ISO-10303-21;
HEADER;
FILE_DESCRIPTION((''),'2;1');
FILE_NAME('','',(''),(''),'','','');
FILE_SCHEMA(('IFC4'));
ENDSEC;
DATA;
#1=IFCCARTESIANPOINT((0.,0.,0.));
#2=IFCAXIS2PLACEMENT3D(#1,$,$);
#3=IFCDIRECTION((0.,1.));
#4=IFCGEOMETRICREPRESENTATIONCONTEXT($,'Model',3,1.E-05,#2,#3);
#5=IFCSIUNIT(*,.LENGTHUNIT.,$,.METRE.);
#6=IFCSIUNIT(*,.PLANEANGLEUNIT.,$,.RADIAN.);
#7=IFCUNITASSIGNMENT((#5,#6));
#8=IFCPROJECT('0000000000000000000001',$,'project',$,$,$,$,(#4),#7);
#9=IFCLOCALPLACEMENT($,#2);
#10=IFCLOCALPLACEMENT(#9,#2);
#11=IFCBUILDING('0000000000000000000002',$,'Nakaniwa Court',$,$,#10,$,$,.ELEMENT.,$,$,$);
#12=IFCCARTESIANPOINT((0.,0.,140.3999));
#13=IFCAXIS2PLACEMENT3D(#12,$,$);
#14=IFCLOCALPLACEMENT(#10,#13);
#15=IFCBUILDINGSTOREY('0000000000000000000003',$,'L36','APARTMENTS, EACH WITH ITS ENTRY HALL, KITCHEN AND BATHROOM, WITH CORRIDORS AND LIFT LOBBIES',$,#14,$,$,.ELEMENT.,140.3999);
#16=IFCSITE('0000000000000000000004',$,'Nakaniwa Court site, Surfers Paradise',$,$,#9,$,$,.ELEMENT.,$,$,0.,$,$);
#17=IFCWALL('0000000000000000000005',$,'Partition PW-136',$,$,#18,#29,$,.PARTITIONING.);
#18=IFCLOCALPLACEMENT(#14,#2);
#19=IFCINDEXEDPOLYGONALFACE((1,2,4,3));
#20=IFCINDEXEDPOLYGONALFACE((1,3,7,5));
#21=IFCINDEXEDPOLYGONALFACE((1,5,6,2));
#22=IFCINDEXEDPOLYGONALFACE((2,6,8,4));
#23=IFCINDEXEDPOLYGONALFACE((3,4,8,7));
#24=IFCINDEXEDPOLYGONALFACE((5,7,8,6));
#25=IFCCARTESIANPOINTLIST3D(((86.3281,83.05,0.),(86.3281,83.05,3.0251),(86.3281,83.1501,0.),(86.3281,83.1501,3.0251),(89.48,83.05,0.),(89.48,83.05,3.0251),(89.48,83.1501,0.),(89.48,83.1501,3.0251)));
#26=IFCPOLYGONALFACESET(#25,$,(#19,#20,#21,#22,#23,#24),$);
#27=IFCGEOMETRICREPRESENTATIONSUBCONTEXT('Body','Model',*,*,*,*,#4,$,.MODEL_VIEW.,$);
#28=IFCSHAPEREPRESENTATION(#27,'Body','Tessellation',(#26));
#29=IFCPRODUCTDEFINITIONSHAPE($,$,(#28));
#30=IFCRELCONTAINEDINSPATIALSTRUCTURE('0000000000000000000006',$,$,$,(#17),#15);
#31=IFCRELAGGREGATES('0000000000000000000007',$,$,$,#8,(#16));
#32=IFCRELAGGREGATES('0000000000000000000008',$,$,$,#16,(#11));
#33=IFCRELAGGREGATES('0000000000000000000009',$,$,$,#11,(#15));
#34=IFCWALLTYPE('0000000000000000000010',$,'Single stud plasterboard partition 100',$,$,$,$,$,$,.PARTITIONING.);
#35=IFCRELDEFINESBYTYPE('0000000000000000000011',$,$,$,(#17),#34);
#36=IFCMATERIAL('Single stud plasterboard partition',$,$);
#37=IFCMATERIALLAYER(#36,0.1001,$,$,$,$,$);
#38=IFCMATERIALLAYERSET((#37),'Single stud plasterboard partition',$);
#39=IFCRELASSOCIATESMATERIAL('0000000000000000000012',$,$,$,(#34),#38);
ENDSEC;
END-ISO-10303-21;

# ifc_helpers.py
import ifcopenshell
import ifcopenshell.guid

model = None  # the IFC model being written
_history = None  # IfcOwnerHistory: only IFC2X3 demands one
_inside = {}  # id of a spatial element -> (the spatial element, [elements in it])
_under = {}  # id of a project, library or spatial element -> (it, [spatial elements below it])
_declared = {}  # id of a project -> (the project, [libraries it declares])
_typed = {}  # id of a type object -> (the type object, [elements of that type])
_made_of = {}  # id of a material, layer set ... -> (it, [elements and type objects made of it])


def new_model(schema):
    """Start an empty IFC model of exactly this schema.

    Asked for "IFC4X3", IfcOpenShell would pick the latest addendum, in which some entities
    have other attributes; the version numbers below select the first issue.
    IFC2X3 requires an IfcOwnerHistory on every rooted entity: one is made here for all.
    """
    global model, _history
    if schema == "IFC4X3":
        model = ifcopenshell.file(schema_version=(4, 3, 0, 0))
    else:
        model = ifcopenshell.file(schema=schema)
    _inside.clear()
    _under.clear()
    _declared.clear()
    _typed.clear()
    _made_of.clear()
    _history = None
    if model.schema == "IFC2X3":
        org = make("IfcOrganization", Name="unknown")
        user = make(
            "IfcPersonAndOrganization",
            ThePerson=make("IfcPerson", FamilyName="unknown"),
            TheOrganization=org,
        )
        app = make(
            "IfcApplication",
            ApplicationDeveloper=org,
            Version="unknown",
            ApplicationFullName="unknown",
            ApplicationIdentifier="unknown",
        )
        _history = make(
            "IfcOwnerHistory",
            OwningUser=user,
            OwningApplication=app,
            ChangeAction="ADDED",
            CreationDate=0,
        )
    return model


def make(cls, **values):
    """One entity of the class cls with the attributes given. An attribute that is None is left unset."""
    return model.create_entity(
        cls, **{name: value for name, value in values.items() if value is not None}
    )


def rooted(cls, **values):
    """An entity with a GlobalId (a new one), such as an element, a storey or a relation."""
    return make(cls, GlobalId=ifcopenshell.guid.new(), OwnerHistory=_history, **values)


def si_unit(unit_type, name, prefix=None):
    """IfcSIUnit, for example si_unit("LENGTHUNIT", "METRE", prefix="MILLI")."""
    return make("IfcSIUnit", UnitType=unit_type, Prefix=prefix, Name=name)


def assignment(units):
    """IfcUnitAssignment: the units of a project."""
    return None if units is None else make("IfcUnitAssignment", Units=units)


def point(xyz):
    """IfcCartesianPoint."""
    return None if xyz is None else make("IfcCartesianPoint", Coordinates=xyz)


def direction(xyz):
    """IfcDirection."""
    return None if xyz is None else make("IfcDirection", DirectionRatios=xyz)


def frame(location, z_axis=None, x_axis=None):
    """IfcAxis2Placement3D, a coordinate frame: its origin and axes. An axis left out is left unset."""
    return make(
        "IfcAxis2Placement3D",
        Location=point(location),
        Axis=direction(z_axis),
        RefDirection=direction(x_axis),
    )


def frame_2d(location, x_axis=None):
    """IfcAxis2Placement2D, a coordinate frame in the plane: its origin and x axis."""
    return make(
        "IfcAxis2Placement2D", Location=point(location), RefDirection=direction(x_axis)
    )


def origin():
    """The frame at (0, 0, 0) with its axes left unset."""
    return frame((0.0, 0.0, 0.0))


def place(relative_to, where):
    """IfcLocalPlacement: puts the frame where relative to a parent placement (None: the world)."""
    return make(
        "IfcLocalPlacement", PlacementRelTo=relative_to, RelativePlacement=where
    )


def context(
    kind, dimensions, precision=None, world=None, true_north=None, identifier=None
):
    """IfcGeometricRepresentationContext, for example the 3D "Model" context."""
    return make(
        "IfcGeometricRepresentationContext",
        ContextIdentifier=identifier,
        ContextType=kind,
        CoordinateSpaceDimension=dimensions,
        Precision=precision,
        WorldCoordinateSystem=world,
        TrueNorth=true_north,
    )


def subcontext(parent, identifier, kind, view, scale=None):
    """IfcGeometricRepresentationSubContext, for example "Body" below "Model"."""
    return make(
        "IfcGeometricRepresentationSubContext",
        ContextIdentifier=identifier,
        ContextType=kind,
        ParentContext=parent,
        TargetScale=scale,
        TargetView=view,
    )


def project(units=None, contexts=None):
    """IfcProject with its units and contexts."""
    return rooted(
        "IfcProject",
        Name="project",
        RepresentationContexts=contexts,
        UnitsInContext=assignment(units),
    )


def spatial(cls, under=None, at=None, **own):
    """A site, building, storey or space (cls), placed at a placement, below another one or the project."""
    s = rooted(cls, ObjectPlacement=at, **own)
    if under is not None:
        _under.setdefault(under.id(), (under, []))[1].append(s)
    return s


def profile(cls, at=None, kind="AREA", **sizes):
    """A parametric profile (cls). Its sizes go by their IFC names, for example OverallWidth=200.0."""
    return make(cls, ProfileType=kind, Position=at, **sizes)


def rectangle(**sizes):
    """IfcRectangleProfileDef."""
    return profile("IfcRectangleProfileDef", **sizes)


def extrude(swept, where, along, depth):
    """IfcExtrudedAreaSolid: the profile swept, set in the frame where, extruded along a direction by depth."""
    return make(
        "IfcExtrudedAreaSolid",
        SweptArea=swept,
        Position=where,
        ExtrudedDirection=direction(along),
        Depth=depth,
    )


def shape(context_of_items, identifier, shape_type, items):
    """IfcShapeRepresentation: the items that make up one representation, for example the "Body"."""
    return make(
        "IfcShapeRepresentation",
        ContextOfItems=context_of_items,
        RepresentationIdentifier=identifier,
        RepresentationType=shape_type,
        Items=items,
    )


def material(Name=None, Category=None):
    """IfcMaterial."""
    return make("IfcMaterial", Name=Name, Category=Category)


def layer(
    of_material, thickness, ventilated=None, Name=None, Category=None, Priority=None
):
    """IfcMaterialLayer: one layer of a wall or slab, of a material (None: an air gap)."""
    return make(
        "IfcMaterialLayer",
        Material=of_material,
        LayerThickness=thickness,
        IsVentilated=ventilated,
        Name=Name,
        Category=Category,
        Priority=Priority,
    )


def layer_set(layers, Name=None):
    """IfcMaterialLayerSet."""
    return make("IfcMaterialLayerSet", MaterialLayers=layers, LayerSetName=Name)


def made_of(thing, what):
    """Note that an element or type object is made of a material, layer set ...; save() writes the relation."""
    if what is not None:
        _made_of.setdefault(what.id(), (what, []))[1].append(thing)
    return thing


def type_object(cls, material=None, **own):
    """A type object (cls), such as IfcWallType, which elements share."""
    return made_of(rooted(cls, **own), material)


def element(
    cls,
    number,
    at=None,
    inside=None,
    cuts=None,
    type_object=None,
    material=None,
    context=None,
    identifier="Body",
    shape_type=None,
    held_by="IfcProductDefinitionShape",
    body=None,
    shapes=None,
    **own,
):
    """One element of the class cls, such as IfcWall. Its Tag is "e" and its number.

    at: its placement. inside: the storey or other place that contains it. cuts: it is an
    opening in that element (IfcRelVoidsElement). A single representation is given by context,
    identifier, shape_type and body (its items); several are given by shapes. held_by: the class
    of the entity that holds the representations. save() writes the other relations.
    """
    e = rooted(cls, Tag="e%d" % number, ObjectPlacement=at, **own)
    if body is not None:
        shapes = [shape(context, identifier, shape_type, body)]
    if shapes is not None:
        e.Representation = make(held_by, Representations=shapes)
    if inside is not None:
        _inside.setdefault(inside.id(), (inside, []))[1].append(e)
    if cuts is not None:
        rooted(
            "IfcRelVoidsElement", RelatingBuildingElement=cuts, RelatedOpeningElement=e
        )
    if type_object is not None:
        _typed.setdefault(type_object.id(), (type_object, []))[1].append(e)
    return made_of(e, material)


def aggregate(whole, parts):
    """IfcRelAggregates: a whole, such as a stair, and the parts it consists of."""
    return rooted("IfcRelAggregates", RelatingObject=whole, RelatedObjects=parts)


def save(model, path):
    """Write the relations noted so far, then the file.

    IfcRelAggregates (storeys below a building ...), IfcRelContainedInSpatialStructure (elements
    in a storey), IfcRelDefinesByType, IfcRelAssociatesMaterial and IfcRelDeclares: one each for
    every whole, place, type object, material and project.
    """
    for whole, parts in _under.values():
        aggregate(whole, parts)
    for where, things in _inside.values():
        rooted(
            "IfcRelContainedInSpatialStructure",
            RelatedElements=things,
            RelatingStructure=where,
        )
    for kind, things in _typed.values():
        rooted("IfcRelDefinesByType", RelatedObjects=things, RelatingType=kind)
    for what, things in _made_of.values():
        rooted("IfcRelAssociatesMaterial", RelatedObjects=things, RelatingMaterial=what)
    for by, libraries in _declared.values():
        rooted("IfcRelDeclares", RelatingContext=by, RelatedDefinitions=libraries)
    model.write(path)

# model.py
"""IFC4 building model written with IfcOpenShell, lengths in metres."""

from ifc_helpers import new_model, si_unit, direction, frame, frame_2d, origin, place, context, subcontext, project, spatial, rectangle, extrude, material, layer, layer_set, type_object, element, save


model = new_model("IFC4")

# Units and contexts
model_context = context("Model", 3, precision=1e-05, world=origin(), true_north=direction((0.0, 1.0)))
body_context = subcontext(model_context, "Body", "Model", "MODEL_VIEW")
ifc_project = project(units=[si_unit("LENGTHUNIT", "METRE"), si_unit("PLANEANGLEUNIT", "RADIAN")], contexts=[model_context])

# Site, building, storey
site_placement = place(None, origin())
site = spatial("IfcSite", under=ifc_project, at=site_placement, Name="Nakaniwa Court site, Surfers Paradise", CompositionType="ELEMENT", RefElevation=0.0)
building_placement = place(site_placement, origin())
building = spatial("IfcBuilding", under=site, at=building_placement, Name="Nakaniwa Court", CompositionType="ELEMENT")
storey_placement = place(building_placement, frame((0.0, 0.0, 140.3999)))
storey = spatial("IfcBuildingStorey", under=building, at=storey_placement, Name="L36", Description="APARTMENTS, EACH WITH ITS ENTRY HALL, KITCHEN AND BATHROOM, WITH CORRIDORS AND LIFT LOBBIES", CompositionType="ELEMENT", Elevation=140.3999)

# Wall
ifc_material_1 = material(Name="Single stud plasterboard partition")
ifc_layer_1 = layer(ifc_material_1, 0.1001)
ifc_layer_set_1 = layer_set([ifc_layer_1], Name="Single stud plasterboard partition")
wall_type_1 = type_object("IfcWallType", Name="Single stud plasterboard partition 100", PredefinedType="PARTITIONING", material=ifc_layer_set_1)
wall_1_placement = place(storey_placement, frame((86.3281, 83.1001, 0.0), z_axis=(0.0, 0.0, 1.0), x_axis=(1.0, 0.0, 0.0)))
element("IfcWall", 1, at=wall_1_placement, inside=storey, type_object=wall_type_1, Name="Partition PW-136", PredefinedType="PARTITIONING", context=body_context, shape_type="SweptSolid", body=[
    extrude(rectangle(XDim=3.1519, YDim=0.1001, at=frame_2d((1.5759, 0.0))), origin(), (0.0, 0.0, 1.0), 3.0251),
])

save(model, "model.ifc")
